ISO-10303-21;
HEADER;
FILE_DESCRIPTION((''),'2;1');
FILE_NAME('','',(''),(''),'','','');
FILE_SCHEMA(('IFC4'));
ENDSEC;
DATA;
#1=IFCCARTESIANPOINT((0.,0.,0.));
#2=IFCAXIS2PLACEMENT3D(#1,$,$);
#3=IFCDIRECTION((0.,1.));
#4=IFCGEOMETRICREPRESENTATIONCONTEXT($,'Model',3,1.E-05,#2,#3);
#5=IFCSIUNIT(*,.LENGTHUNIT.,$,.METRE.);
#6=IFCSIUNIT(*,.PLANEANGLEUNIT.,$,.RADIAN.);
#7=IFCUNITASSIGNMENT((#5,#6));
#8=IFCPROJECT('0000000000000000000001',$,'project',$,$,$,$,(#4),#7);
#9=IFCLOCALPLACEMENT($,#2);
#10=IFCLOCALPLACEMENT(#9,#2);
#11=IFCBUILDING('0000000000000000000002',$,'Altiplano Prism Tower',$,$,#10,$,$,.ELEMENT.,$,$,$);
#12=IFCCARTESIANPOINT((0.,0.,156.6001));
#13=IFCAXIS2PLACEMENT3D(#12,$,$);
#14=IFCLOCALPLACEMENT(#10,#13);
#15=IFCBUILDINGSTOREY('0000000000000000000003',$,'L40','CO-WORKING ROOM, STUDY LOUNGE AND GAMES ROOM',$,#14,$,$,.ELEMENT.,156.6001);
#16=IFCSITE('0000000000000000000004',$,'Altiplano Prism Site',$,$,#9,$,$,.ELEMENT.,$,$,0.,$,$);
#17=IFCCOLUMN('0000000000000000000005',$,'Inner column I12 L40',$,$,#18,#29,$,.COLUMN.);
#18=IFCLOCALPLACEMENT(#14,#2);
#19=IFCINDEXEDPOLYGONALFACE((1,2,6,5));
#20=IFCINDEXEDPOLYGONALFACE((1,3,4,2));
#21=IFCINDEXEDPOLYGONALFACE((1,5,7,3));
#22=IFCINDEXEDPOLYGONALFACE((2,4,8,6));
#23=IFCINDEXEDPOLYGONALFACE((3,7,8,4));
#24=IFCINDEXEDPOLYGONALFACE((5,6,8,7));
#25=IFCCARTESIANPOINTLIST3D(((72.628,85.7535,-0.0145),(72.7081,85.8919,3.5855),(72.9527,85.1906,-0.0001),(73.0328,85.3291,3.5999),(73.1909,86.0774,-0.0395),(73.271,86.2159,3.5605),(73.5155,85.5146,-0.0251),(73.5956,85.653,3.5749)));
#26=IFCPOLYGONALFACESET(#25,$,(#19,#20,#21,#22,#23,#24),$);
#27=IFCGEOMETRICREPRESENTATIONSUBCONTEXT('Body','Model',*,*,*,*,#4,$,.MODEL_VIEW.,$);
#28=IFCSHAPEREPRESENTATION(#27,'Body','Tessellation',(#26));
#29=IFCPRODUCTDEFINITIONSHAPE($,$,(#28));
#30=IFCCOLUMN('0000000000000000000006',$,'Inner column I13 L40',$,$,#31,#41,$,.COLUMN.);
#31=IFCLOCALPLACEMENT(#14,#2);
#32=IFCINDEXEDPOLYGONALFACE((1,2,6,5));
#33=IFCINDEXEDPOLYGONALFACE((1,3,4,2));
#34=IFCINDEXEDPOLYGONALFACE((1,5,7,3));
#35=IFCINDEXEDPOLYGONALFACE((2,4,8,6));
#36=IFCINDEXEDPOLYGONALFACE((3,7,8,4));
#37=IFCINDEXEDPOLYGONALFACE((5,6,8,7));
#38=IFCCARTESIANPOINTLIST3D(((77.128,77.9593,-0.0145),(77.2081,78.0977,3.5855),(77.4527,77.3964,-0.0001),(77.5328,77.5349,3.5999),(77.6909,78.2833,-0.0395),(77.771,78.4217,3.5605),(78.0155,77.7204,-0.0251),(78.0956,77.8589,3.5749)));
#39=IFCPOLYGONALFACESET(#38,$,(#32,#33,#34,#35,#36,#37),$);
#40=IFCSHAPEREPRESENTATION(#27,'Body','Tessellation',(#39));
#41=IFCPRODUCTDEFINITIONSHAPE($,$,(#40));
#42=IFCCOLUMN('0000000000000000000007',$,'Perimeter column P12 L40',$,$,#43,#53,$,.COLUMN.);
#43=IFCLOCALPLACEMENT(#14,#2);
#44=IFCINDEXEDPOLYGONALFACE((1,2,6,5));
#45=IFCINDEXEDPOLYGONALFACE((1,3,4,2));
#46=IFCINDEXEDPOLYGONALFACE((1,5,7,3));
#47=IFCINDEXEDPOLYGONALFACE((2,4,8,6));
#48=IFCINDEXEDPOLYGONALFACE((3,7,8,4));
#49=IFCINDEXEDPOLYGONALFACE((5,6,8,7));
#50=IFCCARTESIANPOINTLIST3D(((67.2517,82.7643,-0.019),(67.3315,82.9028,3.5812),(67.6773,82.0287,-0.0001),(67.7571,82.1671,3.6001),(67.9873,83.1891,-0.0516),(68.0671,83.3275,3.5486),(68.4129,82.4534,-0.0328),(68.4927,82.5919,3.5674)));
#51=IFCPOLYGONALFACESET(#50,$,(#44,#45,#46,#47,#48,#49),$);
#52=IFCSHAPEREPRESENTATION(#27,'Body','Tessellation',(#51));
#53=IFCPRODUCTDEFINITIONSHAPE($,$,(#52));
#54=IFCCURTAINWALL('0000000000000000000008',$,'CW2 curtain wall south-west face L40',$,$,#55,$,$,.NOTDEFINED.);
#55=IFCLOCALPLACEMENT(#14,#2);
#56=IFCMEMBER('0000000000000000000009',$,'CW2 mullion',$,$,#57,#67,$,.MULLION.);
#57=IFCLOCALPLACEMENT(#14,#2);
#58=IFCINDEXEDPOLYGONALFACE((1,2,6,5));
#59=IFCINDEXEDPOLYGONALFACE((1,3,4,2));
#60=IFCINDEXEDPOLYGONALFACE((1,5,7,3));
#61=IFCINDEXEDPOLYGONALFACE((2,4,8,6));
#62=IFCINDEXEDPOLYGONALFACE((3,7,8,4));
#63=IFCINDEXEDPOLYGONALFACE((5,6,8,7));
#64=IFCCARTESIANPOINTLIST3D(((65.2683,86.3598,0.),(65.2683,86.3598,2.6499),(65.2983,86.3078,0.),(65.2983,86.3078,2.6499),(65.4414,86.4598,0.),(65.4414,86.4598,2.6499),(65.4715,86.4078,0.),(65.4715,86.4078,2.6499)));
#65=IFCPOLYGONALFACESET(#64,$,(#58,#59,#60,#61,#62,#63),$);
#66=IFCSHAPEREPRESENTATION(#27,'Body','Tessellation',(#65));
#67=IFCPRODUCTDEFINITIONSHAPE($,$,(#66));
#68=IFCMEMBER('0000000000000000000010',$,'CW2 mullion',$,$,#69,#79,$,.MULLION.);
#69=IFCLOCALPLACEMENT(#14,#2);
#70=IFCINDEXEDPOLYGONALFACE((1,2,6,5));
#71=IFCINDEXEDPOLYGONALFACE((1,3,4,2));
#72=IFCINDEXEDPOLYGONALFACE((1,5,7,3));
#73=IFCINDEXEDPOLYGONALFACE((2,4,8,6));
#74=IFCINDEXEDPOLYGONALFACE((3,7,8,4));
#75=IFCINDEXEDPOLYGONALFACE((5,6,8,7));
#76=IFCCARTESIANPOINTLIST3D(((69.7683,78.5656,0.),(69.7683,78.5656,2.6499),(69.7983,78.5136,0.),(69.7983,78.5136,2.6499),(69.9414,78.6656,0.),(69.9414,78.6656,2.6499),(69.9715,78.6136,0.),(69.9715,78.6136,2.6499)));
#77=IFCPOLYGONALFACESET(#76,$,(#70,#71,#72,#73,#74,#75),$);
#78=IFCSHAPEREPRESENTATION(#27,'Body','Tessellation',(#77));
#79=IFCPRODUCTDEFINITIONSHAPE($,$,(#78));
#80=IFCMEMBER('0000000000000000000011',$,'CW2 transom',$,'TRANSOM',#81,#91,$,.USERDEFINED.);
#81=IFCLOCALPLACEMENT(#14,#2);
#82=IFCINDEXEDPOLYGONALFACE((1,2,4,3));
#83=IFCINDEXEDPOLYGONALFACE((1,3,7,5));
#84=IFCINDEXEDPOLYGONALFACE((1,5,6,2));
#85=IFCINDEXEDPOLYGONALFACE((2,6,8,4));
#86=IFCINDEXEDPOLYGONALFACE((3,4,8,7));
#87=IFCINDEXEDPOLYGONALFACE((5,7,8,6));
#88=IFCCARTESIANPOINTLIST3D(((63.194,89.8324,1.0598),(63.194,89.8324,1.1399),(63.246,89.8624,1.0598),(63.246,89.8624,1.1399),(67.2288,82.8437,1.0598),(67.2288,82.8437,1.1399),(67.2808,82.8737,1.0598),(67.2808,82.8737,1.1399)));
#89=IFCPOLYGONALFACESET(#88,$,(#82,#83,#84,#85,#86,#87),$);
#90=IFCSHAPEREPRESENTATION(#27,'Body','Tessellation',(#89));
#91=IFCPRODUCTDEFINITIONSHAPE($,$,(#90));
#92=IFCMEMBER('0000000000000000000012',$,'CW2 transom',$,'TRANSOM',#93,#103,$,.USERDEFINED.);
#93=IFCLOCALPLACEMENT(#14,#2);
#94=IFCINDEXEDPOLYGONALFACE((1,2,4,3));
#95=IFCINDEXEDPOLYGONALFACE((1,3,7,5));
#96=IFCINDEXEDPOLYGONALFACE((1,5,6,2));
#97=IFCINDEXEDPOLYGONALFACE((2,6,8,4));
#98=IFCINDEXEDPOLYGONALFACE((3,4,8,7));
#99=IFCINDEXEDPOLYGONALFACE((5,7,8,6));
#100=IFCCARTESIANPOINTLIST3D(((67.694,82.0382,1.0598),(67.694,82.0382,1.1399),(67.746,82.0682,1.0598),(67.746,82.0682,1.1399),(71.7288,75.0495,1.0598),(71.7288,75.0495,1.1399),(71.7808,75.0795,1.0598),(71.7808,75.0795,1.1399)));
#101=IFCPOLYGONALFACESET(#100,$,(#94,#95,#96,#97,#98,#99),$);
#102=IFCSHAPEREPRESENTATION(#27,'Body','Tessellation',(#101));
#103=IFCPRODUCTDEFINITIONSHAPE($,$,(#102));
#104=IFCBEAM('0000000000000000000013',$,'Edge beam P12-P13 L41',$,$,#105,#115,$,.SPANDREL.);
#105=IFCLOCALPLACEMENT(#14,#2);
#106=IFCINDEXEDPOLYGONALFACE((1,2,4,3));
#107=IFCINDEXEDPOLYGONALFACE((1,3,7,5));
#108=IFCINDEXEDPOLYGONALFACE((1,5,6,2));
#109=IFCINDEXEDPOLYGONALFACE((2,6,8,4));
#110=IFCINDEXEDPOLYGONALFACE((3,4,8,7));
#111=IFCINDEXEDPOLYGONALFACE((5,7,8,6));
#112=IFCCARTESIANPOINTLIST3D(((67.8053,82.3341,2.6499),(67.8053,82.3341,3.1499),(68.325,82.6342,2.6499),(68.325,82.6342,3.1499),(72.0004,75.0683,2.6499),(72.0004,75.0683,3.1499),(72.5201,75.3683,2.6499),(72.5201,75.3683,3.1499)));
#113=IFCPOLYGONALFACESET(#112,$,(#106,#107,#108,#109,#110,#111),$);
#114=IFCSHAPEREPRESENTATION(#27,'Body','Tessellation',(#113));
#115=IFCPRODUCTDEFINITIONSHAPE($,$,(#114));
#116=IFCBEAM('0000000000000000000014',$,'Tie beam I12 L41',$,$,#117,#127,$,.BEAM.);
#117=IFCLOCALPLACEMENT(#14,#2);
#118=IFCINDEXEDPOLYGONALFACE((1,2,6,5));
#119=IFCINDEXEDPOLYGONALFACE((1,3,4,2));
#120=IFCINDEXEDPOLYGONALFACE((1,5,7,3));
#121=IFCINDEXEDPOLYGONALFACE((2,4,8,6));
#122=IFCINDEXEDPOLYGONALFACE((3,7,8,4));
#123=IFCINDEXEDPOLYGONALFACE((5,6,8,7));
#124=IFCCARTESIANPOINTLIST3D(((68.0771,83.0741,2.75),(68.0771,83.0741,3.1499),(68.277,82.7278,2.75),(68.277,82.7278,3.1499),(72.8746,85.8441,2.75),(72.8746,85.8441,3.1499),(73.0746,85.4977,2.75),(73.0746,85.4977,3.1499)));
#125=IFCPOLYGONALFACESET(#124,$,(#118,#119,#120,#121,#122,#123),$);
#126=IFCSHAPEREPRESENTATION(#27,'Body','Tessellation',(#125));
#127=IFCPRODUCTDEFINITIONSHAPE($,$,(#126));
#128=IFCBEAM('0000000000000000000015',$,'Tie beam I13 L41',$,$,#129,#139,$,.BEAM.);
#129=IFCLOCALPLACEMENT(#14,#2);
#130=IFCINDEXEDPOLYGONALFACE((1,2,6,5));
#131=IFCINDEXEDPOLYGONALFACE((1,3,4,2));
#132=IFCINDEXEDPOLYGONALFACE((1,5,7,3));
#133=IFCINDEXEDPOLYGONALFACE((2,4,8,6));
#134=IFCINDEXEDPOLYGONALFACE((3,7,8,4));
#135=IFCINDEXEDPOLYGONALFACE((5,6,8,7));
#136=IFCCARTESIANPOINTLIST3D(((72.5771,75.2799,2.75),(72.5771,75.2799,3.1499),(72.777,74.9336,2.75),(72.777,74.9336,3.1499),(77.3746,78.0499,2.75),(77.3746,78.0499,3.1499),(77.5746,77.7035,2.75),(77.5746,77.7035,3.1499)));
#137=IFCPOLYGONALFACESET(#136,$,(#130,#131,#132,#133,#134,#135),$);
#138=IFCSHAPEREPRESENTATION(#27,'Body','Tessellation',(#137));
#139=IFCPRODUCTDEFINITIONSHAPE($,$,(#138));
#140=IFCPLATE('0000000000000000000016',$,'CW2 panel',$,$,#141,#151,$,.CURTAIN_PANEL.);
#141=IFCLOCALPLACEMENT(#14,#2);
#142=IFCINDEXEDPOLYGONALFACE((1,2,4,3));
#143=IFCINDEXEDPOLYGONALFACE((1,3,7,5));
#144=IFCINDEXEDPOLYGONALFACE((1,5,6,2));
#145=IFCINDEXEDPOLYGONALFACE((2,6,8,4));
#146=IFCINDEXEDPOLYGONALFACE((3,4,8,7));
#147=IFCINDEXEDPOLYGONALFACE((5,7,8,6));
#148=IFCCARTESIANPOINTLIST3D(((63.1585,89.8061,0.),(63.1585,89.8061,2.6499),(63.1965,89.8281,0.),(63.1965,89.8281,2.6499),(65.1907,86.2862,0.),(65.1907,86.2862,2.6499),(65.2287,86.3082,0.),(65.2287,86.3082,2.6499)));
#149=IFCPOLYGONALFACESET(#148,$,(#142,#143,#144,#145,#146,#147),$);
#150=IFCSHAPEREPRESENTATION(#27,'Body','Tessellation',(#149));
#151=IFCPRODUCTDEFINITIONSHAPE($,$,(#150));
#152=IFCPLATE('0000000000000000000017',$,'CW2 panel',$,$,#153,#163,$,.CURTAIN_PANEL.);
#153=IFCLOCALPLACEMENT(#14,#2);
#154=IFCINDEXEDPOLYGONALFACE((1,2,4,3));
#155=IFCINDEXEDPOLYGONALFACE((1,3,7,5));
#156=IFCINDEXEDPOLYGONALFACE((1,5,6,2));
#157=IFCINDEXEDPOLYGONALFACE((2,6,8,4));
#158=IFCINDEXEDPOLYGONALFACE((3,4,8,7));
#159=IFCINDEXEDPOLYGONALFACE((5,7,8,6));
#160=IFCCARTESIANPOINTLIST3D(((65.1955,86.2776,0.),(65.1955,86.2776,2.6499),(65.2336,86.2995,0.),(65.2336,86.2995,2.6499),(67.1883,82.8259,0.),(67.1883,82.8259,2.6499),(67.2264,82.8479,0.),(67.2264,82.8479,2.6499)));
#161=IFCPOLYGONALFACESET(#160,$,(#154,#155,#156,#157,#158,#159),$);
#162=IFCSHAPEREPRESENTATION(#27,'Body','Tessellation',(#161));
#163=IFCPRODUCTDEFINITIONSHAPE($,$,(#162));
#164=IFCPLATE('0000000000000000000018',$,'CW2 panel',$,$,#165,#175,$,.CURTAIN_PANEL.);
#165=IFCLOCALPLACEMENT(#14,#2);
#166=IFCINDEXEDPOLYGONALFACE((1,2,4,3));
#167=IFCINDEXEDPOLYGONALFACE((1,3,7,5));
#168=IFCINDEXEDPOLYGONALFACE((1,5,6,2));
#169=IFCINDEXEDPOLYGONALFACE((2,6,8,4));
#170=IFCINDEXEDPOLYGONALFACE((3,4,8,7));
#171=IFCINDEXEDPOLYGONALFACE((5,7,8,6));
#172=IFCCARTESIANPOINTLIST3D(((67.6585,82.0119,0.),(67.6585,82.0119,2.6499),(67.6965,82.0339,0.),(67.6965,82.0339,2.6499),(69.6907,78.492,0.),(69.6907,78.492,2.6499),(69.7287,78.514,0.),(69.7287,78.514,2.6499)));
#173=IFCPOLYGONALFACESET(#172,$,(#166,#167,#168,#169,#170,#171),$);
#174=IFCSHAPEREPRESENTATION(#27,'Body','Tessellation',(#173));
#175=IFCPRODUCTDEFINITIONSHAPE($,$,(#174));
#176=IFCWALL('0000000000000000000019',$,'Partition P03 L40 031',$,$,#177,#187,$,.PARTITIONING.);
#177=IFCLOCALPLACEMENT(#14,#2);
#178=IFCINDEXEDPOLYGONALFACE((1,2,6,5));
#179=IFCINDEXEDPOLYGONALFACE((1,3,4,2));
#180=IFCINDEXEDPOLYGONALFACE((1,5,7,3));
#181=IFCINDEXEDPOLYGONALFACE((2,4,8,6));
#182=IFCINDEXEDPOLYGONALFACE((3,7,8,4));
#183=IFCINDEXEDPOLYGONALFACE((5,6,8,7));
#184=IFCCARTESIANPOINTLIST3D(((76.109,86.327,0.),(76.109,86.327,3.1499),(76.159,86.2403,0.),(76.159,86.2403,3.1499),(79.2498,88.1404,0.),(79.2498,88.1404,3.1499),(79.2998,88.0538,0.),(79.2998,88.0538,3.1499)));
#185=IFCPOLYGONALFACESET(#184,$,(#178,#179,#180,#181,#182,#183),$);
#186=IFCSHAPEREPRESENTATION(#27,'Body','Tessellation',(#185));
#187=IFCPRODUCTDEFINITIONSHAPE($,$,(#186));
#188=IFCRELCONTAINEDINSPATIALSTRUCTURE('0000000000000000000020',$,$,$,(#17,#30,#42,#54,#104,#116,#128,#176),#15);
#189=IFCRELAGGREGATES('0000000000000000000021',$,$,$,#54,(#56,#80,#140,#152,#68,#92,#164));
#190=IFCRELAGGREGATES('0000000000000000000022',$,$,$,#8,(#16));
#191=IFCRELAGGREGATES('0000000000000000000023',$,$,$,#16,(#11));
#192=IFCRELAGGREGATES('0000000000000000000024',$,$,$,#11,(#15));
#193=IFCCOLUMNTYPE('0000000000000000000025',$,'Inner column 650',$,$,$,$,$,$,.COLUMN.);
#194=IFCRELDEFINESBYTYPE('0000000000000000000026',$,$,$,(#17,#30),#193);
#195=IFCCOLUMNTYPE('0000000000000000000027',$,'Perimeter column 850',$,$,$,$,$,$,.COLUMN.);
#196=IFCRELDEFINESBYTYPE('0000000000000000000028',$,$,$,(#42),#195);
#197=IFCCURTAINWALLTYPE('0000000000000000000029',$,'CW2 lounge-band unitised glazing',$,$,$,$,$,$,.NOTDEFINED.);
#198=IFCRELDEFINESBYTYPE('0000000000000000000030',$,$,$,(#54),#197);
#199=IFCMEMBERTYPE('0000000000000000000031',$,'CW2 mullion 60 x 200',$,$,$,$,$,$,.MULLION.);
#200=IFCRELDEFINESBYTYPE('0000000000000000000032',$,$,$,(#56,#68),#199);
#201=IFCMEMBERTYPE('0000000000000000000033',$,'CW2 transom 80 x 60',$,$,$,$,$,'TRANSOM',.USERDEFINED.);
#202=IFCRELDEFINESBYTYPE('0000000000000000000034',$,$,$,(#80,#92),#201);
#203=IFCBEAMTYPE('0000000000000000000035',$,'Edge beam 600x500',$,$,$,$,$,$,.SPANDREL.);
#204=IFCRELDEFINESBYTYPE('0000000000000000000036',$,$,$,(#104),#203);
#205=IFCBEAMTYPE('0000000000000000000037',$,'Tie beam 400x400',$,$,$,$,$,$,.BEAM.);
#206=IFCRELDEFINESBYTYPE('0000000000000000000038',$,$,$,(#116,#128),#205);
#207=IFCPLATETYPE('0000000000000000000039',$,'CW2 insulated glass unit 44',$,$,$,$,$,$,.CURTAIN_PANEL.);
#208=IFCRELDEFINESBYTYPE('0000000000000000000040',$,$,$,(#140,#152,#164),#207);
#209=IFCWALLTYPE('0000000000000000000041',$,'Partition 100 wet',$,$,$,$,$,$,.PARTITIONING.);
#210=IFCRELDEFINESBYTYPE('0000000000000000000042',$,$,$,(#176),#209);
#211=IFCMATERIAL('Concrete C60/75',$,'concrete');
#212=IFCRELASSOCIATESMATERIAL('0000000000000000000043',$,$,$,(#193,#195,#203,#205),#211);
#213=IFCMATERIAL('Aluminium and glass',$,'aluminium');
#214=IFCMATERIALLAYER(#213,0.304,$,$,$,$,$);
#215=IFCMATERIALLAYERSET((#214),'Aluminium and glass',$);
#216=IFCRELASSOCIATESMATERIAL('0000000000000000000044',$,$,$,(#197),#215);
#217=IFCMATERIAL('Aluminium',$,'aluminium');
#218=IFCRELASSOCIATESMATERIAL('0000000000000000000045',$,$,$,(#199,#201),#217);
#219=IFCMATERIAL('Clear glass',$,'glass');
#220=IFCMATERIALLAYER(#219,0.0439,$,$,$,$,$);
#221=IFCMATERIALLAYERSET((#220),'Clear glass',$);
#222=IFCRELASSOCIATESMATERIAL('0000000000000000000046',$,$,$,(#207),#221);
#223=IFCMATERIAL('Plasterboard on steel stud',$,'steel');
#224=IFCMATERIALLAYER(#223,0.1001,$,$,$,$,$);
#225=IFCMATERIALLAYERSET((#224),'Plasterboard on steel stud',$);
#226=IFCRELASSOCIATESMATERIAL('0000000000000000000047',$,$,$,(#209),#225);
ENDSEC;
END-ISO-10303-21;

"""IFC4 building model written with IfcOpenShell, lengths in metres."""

from ifc_helpers import new_model, si_unit, direction, frame, frame_2d, origin, origin_2d, place, context, subcontext, project, spatial, rectangle, extrude, material, layer, layer_set, material_profile, profile_set, type_object, element, aggregate, save


model = new_model("IFC4")

# Units and contexts
model_context = context("Model", 3, precision=1e-05, world=origin(), true_north=direction((0.0, 1.0)))
body_context = subcontext(model_context, "Body", "Model", "MODEL_VIEW")
ifc_project = project(units=[si_unit("LENGTHUNIT", "METRE"), si_unit("PLANEANGLEUNIT", "RADIAN")], contexts=[model_context])

# Site, building, storey
site_placement = place(None, origin())
site = spatial("IfcSite", under=ifc_project, at=site_placement, Name="Altiplano Prism Site", CompositionType="ELEMENT", RefElevation=0.0)
building_placement = place(site_placement, origin())
building = spatial("IfcBuilding", under=site, at=building_placement, Name="Altiplano Prism Tower", CompositionType="ELEMENT")
storey_placement = place(building_placement, frame((0.0, 0.0, 156.6001)))
storey = spatial("IfcBuildingStorey", under=building, at=storey_placement, Name="L40", Description="CO-WORKING ROOM, STUDY LOUNGE AND GAMES ROOM", CompositionType="ELEMENT", Elevation=156.6001)

# Columns
ifc_material_1 = material(Name="Concrete C60/75", Category="concrete")
ifc_material_profile_1 = material_profile(ifc_material_1, rectangle(XDim=0.6499, YDim=0.6499, at=origin_2d()), Name="Inner column 650")
ifc_profile_set_1 = profile_set([ifc_material_profile_1], Name="Concrete C60/75")
column_type_1 = type_object("IfcColumnType", Name="Inner column 650", PredefinedType="COLUMN", material=ifc_profile_set_1)
for number, where, z_axis, x_axis, name in (
    (1, (73.0718, 85.634, -0.0198), (0.022223, 0.038416, 0.999015), (-0.866024, -0.498523, 0.038435), "Inner column I12 L40"),
    (2, (77.5718, 77.8398, -0.0198), (0.022223, 0.038416, 0.999015), (-0.866024, -0.498523, 0.038435), "Inner column I13 L40"),
):
    element("IfcColumn", number, at=place(storey_placement, frame(where, z_axis=z_axis, x_axis=x_axis)), inside=storey, type_object=column_type_1, Name=name, PredefinedType="COLUMN", context=body_context, shape_type="SweptSolid", body=[
        extrude(rectangle(XDim=0.6499, YDim=0.6499, at=origin_2d()), origin(), (0.0, 0.0, 1.0), 3.6035),
    ])
ifc_material_profile_2 = material_profile(ifc_material_1, rectangle(XDim=0.8501, YDim=0.8501, at=origin_2d()), Name="Perimeter column 850")
ifc_profile_set_2 = profile_set([ifc_material_profile_2], Name="Concrete C60/75")
column_type_2 = type_object("IfcColumnType", Name="Perimeter column 850", PredefinedType="COLUMN", material=ifc_profile_set_2)
column_placement = place(storey_placement, frame((67.8323, 82.6089, -0.0259), z_axis=(0.022154, 0.038413, 0.999016), x_axis=(-0.865365, -0.499669, 0.038403)))
element("IfcColumn", 3, at=column_placement, inside=storey, type_object=column_type_2, Name="Perimeter column P12 L40", PredefinedType="COLUMN", context=body_context, shape_type="SweptSolid", body=[
    extrude(rectangle(XDim=0.8501, YDim=0.8501, at=origin_2d()), origin(), (0.0, 0.0, 1.0), 3.6038),
])

# Curtain wall, members
ifc_material_2 = material(Name="Aluminium and glass", Category="aluminium")
ifc_layer_1 = layer(ifc_material_2, 0.304)
ifc_layer_set_1 = layer_set([ifc_layer_1], Name="Aluminium and glass")
curtain_wall_type = type_object("IfcCurtainWallType", Name="CW2 lounge-band unitised glazing", PredefinedType="NOTDEFINED", material=ifc_layer_set_1)
curtain_wall_placement = place(storey_placement, origin())
curtain_wall = element("IfcCurtainWall", 4, at=curtain_wall_placement, inside=storey, type_object=curtain_wall_type, Name="CW2 curtain wall south-west face L40", PredefinedType="NOTDEFINED")
ifc_material_3 = material(Name="Aluminium", Category="aluminium")
ifc_material_profile_3 = material_profile(ifc_material_3, rectangle(XDim=0.2, YDim=0.0601, at=origin_2d()), Name="CW2 mullion 60 x 200")
ifc_profile_set_3 = profile_set([ifc_material_profile_3], Name="Aluminium")
member_type_1 = type_object("IfcMemberType", Name="CW2 mullion 60 x 200", PredefinedType="MULLION", material=ifc_profile_set_3)
member_1_placement = place(storey_placement, frame((65.3699, 86.3838, 0.0), z_axis=(0.0, 0.0, 1.0), x_axis=(0.866025, 0.5, 0.0)))
member_1 = element("IfcMember", 5, at=member_1_placement, type_object=member_type_1, Name="CW2 mullion", PredefinedType="MULLION", context=body_context, shape_type="SweptSolid", body=[
    extrude(rectangle(XDim=0.2, YDim=0.0601, at=origin_2d()), origin(), (0.0, 0.0, 1.0), 2.6499),
])
member_2_placement = place(storey_placement, frame((69.8699, 78.5896, 0.0), z_axis=(0.0, 0.0, 1.0), x_axis=(0.866025, 0.5, 0.0)))
member_2 = element("IfcMember", 6, at=member_2_placement, type_object=member_type_1, Name="CW2 mullion", PredefinedType="MULLION", context=body_context, shape_type="SweptSolid", body=[
    extrude(rectangle(XDim=0.2, YDim=0.0601, at=origin_2d()), origin(), (0.0, 0.0, 1.0), 2.6499),
])
ifc_material_profile_4 = material_profile(ifc_material_3, rectangle(XDim=0.0601, YDim=0.0801, at=origin_2d()), Name="CW2 transom 80 x 60")
ifc_profile_set_4 = profile_set([ifc_material_profile_4], Name="Aluminium")
member_type_2 = type_object("IfcMemberType", Name="CW2 transom 80 x 60", ElementType="TRANSOM", PredefinedType="USERDEFINED", material=ifc_profile_set_4)
member_3_placement = place(storey_placement, frame((63.22, 89.8474, 1.0999), z_axis=(0.499995, -0.866028, 0.0), x_axis=(0.866028, 0.499995, 0.0)))
member_3 = element("IfcMember", 7, at=member_3_placement, type_object=member_type_2, Name="CW2 transom", ObjectType="TRANSOM", PredefinedType="USERDEFINED", context=body_context, shape_type="SweptSolid", body=[
    extrude(rectangle(XDim=0.0601, YDim=0.0801, at=origin_2d()), origin(), (0.0, 0.0, 1.0), 8.0698),
])
member_4_placement = place(storey_placement, frame((67.72, 82.0532, 1.0999), z_axis=(0.499995, -0.866028, 0.0), x_axis=(0.866028, 0.499995, 0.0)))
member_4 = element("IfcMember", 8, at=member_4_placement, type_object=member_type_2, Name="CW2 transom", ObjectType="TRANSOM", PredefinedType="USERDEFINED", context=body_context, shape_type="SweptSolid", body=[
    extrude(rectangle(XDim=0.0601, YDim=0.0801, at=origin_2d()), origin(), (0.0, 0.0, 1.0), 8.0698),
])

# Beams
ifc_material_profile_5 = material_profile(ifc_material_1, rectangle(XDim=0.6001, YDim=0.5, at=origin_2d()), Name="Edge beam 600x500")
ifc_profile_set_5 = profile_set([ifc_material_profile_5], Name="Concrete C60/75")
beam_type_1 = type_object("IfcBeamType", Name="Edge beam 600x500", PredefinedType="SPANDREL", material=ifc_profile_set_5)
beam_placement = place(storey_placement, frame((68.0652, 82.4841, 2.8999), z_axis=(0.50001, -0.866019, 0.0), x_axis=(0.866019, 0.50001, 0.0)))
element("IfcBeam", 9, at=beam_placement, inside=storey, type_object=beam_type_1, Name="Edge beam P12-P13 L41", PredefinedType="SPANDREL", context=body_context, shape_type="SweptSolid", body=[
    extrude(rectangle(XDim=0.6001, YDim=0.5, at=origin_2d()), origin(), (0.0, 0.0, 1.0), 8.3899),
])
ifc_material_profile_6 = material_profile(ifc_material_1, rectangle(XDim=0.3999, YDim=0.3999, at=origin_2d()), Name="Tie beam 400x400")
ifc_profile_set_6 = profile_set([ifc_material_profile_6], Name="Concrete C60/75")
beam_type_2 = type_object("IfcBeamType", Name="Tie beam 400x400", PredefinedType="BEAM", material=ifc_profile_set_6)
for number, where, z_axis, x_axis, name in (
    (10, (72.9746, 85.6709, 2.95), (-0.866016, -0.500016, 0.0), (0.500016, -0.866016, 0.0), "Tie beam I12 L41"),
    (11, (77.4746, 77.8767, 2.95), (-0.866016, -0.500016, 0.0), (0.500016, -0.866016, 0.0), "Tie beam I13 L41"),
):
    element("IfcBeam", number, at=place(storey_placement, frame(where, z_axis=z_axis, x_axis=x_axis)), inside=storey, type_object=beam_type_2, Name=name, PredefinedType="BEAM", context=body_context, shape_type="SweptSolid", body=[
        extrude(rectangle(XDim=0.3999, YDim=0.3999, at=origin_2d()), origin(), (0.0, 0.0, 1.0), 5.5398),
    ])

# Plates
ifc_material_4 = material(Name="Clear glass", Category="glass")
ifc_layer_2 = layer(ifc_material_4, 0.0439)
ifc_layer_set_2 = layer_set([ifc_layer_2], Name="Clear glass")
plate_type = type_object("IfcPlateType", Name="CW2 insulated glass unit 44", PredefinedType="CURTAIN_PANEL", material=ifc_layer_set_2)
plate_1_placement = place(storey_placement, frame((64.1936, 88.0571, 0.0), z_axis=(0.0, 0.0, 1.0), x_axis=(0.5, -0.866025, 0.0)))
plate_1 = element("IfcPlate", 12, at=plate_1_placement, type_object=plate_type, Name="CW2 panel", PredefinedType="CURTAIN_PANEL", context=body_context, shape_type="SweptSolid", body=[
    extrude(rectangle(XDim=4.0645, YDim=0.0439, at=origin_2d()), origin(), (0.0, 0.0, 1.0), 2.6499),
])
plate_2_placement = place(storey_placement, frame((66.2109, 84.5627, 0.0), z_axis=(0.0, 0.0, 1.0), x_axis=(0.5, -0.866025, 0.0)))
plate_2 = element("IfcPlate", 13, at=plate_2_placement, type_object=plate_type, Name="CW2 panel", PredefinedType="CURTAIN_PANEL", context=body_context, shape_type="SweptSolid", body=[
    extrude(rectangle(XDim=3.9856, YDim=0.0439, at=origin_2d()), origin(), (0.0, 0.0, 1.0), 2.6499),
])
plate_3_placement = place(storey_placement, frame((68.6936, 80.2629, 0.0), z_axis=(0.0, 0.0, 1.0), x_axis=(0.5, -0.866025, 0.0)))
plate_3 = element("IfcPlate", 14, at=plate_3_placement, type_object=plate_type, Name="CW2 panel", PredefinedType="CURTAIN_PANEL", context=body_context, shape_type="SweptSolid", body=[
    extrude(rectangle(XDim=4.0645, YDim=0.0439, at=origin_2d()), origin(), (0.0, 0.0, 1.0), 2.6499),
])
aggregate(curtain_wall, [member_1, member_3, plate_1, plate_2, member_2, member_4, plate_3])

# Wall
ifc_material_5 = material(Name="Plasterboard on steel stud", Category="steel")
ifc_layer_3 = layer(ifc_material_5, 0.1001)
ifc_layer_set_3 = layer_set([ifc_layer_3], Name="Plasterboard on steel stud")
wall_type_1 = type_object("IfcWallType", Name="Partition 100 wet", PredefinedType="PARTITIONING", material=ifc_layer_set_3)
wall_1_placement = place(storey_placement, frame((79.2749, 88.0972, 0.0), z_axis=(0.0, 0.0, 1.0), x_axis=(-0.866014, -0.50002, 0.0)))
element("IfcWall", 15, at=wall_1_placement, inside=storey, type_object=wall_type_1, Name="Partition P03 L40 031", PredefinedType="PARTITIONING", context=body_context, shape_type="SweptSolid", body=[
    extrude(rectangle(XDim=3.6267, YDim=0.1001, at=frame_2d((1.8135, 0.0))), origin(), (0.0, 0.0, 1.0), 3.1499),
])

save(model, "model.ifc")
